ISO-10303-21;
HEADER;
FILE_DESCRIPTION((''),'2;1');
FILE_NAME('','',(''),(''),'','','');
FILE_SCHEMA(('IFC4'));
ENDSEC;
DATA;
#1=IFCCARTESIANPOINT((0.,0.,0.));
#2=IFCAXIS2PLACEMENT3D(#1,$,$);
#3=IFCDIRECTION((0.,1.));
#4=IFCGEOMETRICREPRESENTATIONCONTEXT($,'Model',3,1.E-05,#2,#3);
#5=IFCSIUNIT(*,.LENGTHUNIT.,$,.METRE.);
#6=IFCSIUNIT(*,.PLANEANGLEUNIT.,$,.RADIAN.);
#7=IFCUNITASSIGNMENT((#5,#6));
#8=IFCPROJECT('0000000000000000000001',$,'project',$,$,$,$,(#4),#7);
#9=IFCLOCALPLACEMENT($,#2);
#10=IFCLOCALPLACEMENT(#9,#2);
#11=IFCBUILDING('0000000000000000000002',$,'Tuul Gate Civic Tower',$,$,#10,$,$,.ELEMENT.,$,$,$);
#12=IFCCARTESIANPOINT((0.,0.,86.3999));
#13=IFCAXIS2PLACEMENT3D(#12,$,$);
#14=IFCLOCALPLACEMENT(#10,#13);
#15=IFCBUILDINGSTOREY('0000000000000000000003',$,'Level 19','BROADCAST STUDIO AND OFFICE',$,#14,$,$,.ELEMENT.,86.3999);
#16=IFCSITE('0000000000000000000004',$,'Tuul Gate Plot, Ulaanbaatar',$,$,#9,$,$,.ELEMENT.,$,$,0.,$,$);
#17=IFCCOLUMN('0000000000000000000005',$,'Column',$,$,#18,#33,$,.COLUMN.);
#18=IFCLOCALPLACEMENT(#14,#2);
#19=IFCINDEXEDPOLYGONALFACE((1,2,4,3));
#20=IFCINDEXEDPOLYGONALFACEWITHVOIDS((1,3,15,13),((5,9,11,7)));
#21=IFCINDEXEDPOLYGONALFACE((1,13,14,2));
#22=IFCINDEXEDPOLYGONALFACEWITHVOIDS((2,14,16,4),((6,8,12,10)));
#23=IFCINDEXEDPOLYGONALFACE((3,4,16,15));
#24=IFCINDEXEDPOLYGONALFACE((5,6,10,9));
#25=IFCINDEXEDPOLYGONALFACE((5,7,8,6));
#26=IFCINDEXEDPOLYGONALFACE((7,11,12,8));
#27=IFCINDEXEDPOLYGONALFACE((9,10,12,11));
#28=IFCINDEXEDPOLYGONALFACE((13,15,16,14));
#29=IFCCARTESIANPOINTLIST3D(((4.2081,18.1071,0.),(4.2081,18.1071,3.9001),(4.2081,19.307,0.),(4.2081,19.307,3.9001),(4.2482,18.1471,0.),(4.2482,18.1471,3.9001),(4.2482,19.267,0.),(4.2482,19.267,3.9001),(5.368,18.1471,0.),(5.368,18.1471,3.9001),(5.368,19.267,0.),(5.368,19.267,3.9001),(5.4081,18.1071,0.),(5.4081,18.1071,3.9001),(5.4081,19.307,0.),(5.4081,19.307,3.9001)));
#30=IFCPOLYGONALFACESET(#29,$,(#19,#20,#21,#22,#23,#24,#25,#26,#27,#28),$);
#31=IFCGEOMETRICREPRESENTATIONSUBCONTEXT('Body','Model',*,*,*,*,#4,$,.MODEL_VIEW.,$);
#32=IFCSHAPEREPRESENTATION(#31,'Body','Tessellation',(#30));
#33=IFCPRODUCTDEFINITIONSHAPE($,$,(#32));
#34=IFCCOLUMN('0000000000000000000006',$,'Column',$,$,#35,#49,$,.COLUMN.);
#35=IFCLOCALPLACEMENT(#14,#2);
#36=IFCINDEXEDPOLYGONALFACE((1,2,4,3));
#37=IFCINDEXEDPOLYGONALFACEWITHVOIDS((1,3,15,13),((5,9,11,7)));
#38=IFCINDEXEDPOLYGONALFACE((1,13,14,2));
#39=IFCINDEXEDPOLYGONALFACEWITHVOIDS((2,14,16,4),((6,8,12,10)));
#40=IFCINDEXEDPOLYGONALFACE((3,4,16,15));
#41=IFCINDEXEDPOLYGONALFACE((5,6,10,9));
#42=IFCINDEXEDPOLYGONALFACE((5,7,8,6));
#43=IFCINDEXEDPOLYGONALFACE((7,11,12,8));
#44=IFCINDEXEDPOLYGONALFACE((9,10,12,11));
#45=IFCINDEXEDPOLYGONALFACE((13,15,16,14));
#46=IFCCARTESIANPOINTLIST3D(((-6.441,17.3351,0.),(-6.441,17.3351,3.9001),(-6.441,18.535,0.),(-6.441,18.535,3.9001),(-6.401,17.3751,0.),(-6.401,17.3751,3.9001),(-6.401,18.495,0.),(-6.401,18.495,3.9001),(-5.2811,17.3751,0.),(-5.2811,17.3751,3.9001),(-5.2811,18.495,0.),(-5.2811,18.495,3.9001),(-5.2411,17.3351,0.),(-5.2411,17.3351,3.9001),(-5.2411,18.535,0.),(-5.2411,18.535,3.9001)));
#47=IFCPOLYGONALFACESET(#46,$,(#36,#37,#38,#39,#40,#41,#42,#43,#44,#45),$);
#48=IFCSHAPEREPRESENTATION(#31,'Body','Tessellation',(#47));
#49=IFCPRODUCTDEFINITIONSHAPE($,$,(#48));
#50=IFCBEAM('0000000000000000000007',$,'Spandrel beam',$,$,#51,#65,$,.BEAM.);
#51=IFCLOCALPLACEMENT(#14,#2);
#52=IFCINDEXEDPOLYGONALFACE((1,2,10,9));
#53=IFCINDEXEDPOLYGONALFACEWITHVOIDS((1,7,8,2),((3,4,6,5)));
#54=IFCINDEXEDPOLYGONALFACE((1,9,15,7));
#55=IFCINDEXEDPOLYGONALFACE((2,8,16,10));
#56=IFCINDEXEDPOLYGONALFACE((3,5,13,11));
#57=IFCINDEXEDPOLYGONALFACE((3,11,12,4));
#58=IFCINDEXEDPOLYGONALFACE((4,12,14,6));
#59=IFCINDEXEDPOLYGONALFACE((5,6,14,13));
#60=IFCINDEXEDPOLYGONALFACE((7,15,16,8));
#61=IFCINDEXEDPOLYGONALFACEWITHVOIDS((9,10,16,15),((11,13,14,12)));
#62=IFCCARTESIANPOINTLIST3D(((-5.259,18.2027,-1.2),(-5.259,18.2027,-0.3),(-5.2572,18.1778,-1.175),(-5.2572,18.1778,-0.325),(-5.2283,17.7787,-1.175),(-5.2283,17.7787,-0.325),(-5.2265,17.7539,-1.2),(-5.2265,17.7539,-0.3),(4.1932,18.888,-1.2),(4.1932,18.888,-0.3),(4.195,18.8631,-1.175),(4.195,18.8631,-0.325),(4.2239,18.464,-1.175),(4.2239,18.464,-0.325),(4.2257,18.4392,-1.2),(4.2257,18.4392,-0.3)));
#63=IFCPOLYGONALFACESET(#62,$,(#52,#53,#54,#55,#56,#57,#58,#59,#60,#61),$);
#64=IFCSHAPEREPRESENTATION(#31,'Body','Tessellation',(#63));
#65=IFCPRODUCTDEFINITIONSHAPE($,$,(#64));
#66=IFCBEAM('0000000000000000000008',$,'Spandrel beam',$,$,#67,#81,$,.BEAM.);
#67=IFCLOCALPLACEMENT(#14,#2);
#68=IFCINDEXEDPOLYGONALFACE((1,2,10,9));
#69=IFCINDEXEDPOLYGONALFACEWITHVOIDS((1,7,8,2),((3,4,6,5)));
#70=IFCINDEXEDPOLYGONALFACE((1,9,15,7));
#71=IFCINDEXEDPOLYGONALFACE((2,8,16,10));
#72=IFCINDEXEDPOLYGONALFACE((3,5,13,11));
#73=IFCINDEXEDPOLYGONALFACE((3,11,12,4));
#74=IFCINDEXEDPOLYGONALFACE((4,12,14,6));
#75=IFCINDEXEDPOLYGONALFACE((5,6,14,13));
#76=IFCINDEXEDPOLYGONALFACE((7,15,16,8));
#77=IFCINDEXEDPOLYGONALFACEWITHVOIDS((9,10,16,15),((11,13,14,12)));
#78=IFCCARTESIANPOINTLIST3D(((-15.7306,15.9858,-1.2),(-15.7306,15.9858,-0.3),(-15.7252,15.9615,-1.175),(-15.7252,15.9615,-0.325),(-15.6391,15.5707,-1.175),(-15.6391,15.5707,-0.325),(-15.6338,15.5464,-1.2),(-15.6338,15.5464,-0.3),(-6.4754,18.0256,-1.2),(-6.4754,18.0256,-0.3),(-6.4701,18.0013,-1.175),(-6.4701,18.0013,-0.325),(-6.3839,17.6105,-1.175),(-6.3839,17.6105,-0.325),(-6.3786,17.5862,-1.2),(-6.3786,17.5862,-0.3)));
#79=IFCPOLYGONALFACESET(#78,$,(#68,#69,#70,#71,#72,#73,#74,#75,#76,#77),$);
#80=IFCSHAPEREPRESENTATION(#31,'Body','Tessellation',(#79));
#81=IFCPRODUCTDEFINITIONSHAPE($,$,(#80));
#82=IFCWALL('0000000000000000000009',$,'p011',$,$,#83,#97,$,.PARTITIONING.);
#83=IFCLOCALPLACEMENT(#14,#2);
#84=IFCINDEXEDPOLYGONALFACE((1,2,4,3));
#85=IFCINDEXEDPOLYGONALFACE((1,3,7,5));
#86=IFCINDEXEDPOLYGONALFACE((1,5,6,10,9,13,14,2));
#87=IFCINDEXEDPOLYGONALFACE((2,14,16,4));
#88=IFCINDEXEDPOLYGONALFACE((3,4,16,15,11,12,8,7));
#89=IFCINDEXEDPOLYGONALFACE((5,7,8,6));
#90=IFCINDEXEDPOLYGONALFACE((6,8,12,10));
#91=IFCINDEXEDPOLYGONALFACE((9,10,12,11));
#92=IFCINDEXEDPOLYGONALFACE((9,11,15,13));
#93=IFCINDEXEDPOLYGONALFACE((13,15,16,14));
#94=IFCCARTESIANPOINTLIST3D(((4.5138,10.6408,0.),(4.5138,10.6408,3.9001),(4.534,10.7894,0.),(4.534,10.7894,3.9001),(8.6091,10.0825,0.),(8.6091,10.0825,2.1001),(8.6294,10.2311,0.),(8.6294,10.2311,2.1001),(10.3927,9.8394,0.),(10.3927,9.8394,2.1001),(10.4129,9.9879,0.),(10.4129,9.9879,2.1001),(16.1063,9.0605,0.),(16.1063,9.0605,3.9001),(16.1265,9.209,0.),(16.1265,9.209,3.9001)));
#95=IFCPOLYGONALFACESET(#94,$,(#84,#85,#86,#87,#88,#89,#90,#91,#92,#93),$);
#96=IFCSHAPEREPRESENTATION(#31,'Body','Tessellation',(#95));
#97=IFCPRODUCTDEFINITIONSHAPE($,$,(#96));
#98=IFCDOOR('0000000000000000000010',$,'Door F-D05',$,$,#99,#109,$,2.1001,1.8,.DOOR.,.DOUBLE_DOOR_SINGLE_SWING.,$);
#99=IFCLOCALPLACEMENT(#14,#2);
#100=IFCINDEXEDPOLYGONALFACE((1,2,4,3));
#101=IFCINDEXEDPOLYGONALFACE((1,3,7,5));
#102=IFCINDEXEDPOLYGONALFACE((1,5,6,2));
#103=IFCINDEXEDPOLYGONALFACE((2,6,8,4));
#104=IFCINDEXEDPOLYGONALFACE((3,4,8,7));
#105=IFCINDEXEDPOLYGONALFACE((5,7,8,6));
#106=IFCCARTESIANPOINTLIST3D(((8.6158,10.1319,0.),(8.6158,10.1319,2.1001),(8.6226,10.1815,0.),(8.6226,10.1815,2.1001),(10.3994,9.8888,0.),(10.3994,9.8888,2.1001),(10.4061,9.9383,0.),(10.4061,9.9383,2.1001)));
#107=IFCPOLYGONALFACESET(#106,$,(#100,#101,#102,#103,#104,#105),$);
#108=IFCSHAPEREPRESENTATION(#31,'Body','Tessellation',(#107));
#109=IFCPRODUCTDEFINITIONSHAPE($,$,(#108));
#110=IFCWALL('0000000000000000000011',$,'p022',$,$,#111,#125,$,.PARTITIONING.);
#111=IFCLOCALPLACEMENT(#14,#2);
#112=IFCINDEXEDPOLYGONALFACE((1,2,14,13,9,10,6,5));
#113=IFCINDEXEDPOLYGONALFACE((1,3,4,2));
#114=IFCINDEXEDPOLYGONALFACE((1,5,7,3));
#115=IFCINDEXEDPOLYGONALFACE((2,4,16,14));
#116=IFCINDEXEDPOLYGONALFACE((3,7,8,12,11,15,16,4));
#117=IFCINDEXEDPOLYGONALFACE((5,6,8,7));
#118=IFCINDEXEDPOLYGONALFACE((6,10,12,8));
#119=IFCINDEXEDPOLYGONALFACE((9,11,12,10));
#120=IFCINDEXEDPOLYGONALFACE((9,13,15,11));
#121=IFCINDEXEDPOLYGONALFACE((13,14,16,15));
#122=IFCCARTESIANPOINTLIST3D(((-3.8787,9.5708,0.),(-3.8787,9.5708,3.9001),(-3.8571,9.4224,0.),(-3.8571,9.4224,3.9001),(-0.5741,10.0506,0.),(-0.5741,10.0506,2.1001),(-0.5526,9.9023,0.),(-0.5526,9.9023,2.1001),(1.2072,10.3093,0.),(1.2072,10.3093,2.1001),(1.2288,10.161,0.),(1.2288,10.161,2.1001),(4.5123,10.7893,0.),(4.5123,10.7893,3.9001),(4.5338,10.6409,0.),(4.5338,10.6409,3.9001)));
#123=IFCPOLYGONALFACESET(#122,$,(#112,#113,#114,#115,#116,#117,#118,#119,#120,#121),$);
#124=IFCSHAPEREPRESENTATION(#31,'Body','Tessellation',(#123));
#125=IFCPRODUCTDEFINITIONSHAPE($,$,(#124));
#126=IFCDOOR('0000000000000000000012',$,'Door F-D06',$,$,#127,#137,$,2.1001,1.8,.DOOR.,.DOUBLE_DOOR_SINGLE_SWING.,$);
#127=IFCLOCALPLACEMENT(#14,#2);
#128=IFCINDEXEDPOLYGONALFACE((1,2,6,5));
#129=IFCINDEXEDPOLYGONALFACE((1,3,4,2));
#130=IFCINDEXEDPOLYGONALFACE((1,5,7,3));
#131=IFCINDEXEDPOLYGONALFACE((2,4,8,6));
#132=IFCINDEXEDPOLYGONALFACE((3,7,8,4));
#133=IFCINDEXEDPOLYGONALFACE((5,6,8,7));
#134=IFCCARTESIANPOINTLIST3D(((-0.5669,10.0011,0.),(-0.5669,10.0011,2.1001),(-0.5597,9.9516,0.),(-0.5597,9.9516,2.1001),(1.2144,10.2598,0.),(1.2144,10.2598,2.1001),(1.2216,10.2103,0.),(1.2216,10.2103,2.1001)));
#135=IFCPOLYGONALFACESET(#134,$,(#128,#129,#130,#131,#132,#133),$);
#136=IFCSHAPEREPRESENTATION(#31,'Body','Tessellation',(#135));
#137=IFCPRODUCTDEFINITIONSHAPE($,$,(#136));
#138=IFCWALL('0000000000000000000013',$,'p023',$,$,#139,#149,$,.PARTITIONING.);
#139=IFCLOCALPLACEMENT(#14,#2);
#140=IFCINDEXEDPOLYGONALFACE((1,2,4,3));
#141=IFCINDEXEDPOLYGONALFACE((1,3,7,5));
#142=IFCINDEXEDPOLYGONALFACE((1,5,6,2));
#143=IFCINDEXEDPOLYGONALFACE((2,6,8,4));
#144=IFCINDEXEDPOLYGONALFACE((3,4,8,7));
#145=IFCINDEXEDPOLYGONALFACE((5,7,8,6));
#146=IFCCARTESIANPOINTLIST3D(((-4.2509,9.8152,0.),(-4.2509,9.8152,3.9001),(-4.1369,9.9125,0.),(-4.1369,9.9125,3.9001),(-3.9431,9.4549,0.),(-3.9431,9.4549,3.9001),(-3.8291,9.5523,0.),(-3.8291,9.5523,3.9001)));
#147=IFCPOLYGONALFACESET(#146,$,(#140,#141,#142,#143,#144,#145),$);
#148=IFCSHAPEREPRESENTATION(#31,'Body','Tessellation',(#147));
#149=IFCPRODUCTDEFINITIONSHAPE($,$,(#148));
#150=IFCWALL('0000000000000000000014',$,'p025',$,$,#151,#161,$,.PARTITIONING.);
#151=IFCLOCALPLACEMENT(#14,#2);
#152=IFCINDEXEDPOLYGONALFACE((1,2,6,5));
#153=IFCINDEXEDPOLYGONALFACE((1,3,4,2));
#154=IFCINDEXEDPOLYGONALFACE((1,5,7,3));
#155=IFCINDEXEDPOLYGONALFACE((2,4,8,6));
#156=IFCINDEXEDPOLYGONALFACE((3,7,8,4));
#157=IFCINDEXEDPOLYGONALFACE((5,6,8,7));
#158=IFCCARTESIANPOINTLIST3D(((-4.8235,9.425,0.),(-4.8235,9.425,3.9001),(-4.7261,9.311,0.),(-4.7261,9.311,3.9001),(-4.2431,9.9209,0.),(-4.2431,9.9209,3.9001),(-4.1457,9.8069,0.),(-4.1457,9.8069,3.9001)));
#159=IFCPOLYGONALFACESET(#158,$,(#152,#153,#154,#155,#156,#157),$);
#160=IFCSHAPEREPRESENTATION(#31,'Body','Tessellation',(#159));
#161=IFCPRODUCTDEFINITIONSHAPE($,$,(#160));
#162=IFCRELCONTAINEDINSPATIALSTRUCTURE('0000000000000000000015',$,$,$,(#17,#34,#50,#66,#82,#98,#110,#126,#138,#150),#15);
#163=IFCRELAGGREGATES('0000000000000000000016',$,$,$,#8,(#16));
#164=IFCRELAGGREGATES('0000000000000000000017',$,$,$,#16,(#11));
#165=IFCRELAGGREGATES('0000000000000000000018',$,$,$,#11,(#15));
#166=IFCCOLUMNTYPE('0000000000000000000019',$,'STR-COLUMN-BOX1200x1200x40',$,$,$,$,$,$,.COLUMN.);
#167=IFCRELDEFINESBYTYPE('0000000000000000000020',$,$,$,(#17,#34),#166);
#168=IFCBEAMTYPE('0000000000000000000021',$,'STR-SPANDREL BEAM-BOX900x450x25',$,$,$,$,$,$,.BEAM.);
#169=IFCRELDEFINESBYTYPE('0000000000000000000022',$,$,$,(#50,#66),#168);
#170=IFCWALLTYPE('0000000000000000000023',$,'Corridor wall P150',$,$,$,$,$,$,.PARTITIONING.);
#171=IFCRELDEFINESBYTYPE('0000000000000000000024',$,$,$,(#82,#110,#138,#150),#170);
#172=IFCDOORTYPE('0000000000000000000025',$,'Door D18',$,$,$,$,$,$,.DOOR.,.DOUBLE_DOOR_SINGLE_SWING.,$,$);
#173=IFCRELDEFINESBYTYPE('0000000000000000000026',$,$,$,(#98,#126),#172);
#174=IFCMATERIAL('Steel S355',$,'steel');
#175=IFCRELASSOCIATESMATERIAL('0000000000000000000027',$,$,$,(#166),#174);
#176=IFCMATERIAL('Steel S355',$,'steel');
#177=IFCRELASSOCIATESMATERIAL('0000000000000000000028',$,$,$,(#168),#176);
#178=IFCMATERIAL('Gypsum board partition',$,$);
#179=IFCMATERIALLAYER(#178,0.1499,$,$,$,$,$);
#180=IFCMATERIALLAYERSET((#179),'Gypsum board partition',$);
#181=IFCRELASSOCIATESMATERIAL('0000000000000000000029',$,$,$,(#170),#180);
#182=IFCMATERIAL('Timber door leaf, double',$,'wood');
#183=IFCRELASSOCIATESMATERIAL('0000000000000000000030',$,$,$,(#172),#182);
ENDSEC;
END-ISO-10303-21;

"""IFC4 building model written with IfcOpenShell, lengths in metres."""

from ifc_helpers import new_model, si_unit, direction, frame, frame_2d, origin, origin_2d, place, context, subcontext, project, spatial, rectangle, hollow_rectangle, extrude, material, layer, layer_set, material_profile, profile_set, type_object, element, fill, save


model = new_model("IFC4")

# Units and contexts
model_context = context("Model", 3, precision=1e-05, world=origin(), true_north=direction((0.0, 1.0)))
body_context = subcontext(model_context, "Body", "Model", "MODEL_VIEW")
ifc_project = project(units=[si_unit("LENGTHUNIT", "METRE"), si_unit("PLANEANGLEUNIT", "RADIAN")], contexts=[model_context])

# Site, building, storey
site_placement = place(None, origin())
site = spatial("IfcSite", under=ifc_project, at=site_placement, Name="Tuul Gate Plot, Ulaanbaatar", CompositionType="ELEMENT", RefElevation=0.0)
building_placement = place(site_placement, origin())
building = spatial("IfcBuilding", under=site, at=building_placement, Name="Tuul Gate Civic Tower", CompositionType="ELEMENT")
storey_placement = place(building_placement, frame((0.0, 0.0, 86.3999)))
storey = spatial("IfcBuildingStorey", under=building, at=storey_placement, Name="Level 19", Description="BROADCAST STUDIO AND OFFICE", CompositionType="ELEMENT", Elevation=86.3999)

# Columns
ifc_material_1 = material(Name="Steel S355", Category="steel")
ifc_material_profile_1 = material_profile(ifc_material_1, hollow_rectangle(XDim=1.2, YDim=1.2, WallThickness=0.04, at=origin_2d()), Name="BOX1200x1200x40")
ifc_profile_set_1 = profile_set([ifc_material_profile_1], Name="Steel S355")
column_type = type_object("IfcColumnType", Name="STR-COLUMN-BOX1200x1200x40", PredefinedType="COLUMN", material=ifc_profile_set_1)
for number, where, z_axis, x_axis, name in (
    (1, (4.8081, 18.707, 0.0), (0.0, 0.0, 1.0), (1.0, 0.0, 0.0), "Column"),
    (2, (-5.8411, 17.9351, 0.0), (0.0, 0.0, 1.0), (1.0, 0.0, 0.0), "Column"),
):
    element("IfcColumn", number, at=place(storey_placement, frame(where, z_axis=z_axis, x_axis=x_axis)), inside=storey, type_object=column_type, Name=name, PredefinedType="COLUMN", context=body_context, shape_type="SweptSolid", body=[
        extrude(hollow_rectangle(XDim=1.2, YDim=1.2, WallThickness=0.04, at=origin_2d()), origin(), (0.0, 0.0, 1.0), 3.9001),
    ])

# Beams
ifc_material_2 = material(Name="Steel S355", Category="steel")
ifc_material_profile_2 = material_profile(ifc_material_2, hollow_rectangle(XDim=0.45, YDim=0.8999, WallThickness=0.0249, at=origin_2d()), Name="BOX900x450x25")
ifc_profile_set_2 = profile_set([ifc_material_profile_2], Name="Steel S355")
beam_type = type_object("IfcBeamType", Name="STR-SPANDREL BEAM-BOX900x450x25", PredefinedType="BEAM", material=ifc_profile_set_2)
beam_1_placement = place(storey_placement, frame((4.2095, 18.6636, -0.75), z_axis=(-0.997382, -0.072313, 0.0), x_axis=(0.072313, -0.997382, 0.0)))
element("IfcBeam", 3, at=beam_1_placement, inside=storey, type_object=beam_type, Name="Spandrel beam", PredefinedType="BEAM", context=body_context, shape_type="SweptSolid", body=[
    extrude(hollow_rectangle(XDim=0.45, YDim=0.8999, WallThickness=0.0249, at=origin_2d()), origin(), (0.0, 0.0, 1.0), 9.4771),
])
beam_2_placement = place(storey_placement, frame((-6.427, 17.8059, -0.75), z_axis=(-0.976563, -0.215231, 0.0), x_axis=(0.215231, -0.976563, 0.0)))
element("IfcBeam", 4, at=beam_2_placement, inside=storey, type_object=beam_type, Name="Spandrel beam", PredefinedType="BEAM", context=body_context, shape_type="SweptSolid", body=[
    extrude(hollow_rectangle(XDim=0.45, YDim=0.8999, WallThickness=0.0249, at=origin_2d()), origin(), (0.0, 0.0, 1.0), 9.4773),
])

# Walls, openings, doors
ifc_material_3 = material(Name="Gypsum board partition")
ifc_layer_1 = layer(ifc_material_3, 0.1499)
ifc_layer_set_1 = layer_set([ifc_layer_1], Name="Gypsum board partition")
wall_type_1 = type_object("IfcWallType", Name="Corridor wall P150", PredefinedType="PARTITIONING", material=ifc_layer_set_1)
wall_1_placement = place(storey_placement, frame((4.5239, 10.7151, 0.0), z_axis=(0.0, 0.0, 1.0), x_axis=(0.990836, -0.135073, 0.0)))
wall_1 = element("IfcWall", 5, at=wall_1_placement, inside=storey, type_object=wall_type_1, Name="p011", PredefinedType="PARTITIONING", context=body_context, shape_type="SweptSolid", body=[
    extrude(rectangle(XDim=11.6997, YDim=0.1499, at=frame_2d((5.8499, 0.0))), origin(), (0.0, 0.0, 1.0), 3.9001),
])
opening_1_placement = place(wall_1_placement, frame((4.1333, 0.0, 0.0)))
opening_1 = element("IfcOpeningElement", 6, at=opening_1_placement, cuts=wall_1, PredefinedType="OPENING", context=body_context, shape_type="SweptSolid", body=[
    extrude(rectangle(XDim=1.8, YDim=2.1001, at=frame_2d((0.8999, 1.05))), frame((0.0, 0.085, 0.0), z_axis=(0.0, -1.0, 0.0), x_axis=(1.0, 0.0, 0.0)), (0.0, 0.0, 1.0), 0.1699),
])
ifc_material_4 = material(Name="Timber door leaf, double", Category="wood")
door_type = type_object("IfcDoorType", Name="Door D18", OperationType="DOUBLE_DOOR_SINGLE_SWING", PredefinedType="DOOR", material=ifc_material_4)
door_1_placement = place(opening_1_placement, origin())
door_1 = element("IfcDoor", 7, at=door_1_placement, inside=storey, type_object=door_type, Name="Door F-D05", OperationType="DOUBLE_DOOR_SINGLE_SWING", OverallHeight=2.1001, OverallWidth=1.8, PredefinedType="DOOR", context=body_context, shape_type="SweptSolid", body=[
    extrude(rectangle(XDim=1.8, YDim=2.1001, at=frame_2d((0.8999, 1.05))), frame((0.0, 0.0249, 0.0), z_axis=(0.0, -1.0, 0.0), x_axis=(1.0, 0.0, 0.0)), (0.0, 0.0, 1.0), 0.05),
])
fill(opening_1, door_1)
wall_2_placement = place(storey_placement, frame((-3.8679, 9.4966, 0.0), z_axis=(0.0, 0.0, 1.0), x_axis=(0.98962, 0.143711, 0.0)))
wall_2 = element("IfcWall", 8, at=wall_2_placement, inside=storey, type_object=wall_type_1, Name="p022", PredefinedType="PARTITIONING", context=body_context, shape_type="SweptSolid", body=[
    extrude(rectangle(XDim=8.479, YDim=0.1499, at=frame_2d((4.2395, 0.0))), origin(), (0.0, 0.0, 1.0), 3.9001),
])
opening_2_placement = place(wall_2_placement, frame((3.3394, 0.0, 0.0)))
opening_2 = element("IfcOpeningElement", 9, at=opening_2_placement, cuts=wall_2, PredefinedType="OPENING", context=body_context, shape_type="SweptSolid", body=[
    extrude(rectangle(XDim=1.8, YDim=2.1001, at=frame_2d((0.8999, 1.05))), frame((0.0, 0.085, 0.0), z_axis=(0.0, -1.0, 0.0), x_axis=(1.0, 0.0, 0.0)), (0.0, 0.0, 1.0), 0.1699),
])
door_2_placement = place(opening_2_placement, origin())
door_2 = element("IfcDoor", 10, at=door_2_placement, inside=storey, type_object=door_type, Name="Door F-D06", OperationType="DOUBLE_DOOR_SINGLE_SWING", OverallHeight=2.1001, OverallWidth=1.8, PredefinedType="DOOR", context=body_context, shape_type="SweptSolid", body=[
    extrude(rectangle(XDim=1.8, YDim=2.1001, at=frame_2d((0.8999, 1.05))), frame((0.0, 0.0249, 0.0), z_axis=(0.0, -1.0, 0.0), x_axis=(1.0, 0.0, 0.0)), (0.0, 0.0, 1.0), 0.05),
])
fill(opening_2, door_2)

# Walls
wall_3_placement = place(storey_placement, frame((-4.1938, 9.8638, 0.0), z_axis=(0.0, 0.0, 1.0), x_axis=(0.64956, -0.76031, 0.0)))
element("IfcWall", 11, at=wall_3_placement, inside=storey, type_object=wall_type_1, Name="p023", PredefinedType="PARTITIONING", context=body_context, shape_type="SweptSolid", body=[
    extrude(rectangle(XDim=0.4739, YDim=0.1499, at=frame_2d((0.2368, 0.0))), origin(), (0.0, 0.0, 1.0), 3.9001),
])
wall_4_placement = place(storey_placement, frame((-4.7749, 9.3679, 0.0), z_axis=(0.0, 0.0, 1.0), x_axis=(0.760272, 0.649605, 0.0)))
element("IfcWall", 12, at=wall_4_placement, inside=storey, type_object=wall_type_1, Name="p025", PredefinedType="PARTITIONING", context=body_context, shape_type="SweptSolid", body=[
    extrude(rectangle(XDim=0.7634, YDim=0.1499, at=frame_2d((0.3818, 0.0))), origin(), (0.0, 0.0, 1.0), 3.9001),
])

save(model, "model.ifc")
